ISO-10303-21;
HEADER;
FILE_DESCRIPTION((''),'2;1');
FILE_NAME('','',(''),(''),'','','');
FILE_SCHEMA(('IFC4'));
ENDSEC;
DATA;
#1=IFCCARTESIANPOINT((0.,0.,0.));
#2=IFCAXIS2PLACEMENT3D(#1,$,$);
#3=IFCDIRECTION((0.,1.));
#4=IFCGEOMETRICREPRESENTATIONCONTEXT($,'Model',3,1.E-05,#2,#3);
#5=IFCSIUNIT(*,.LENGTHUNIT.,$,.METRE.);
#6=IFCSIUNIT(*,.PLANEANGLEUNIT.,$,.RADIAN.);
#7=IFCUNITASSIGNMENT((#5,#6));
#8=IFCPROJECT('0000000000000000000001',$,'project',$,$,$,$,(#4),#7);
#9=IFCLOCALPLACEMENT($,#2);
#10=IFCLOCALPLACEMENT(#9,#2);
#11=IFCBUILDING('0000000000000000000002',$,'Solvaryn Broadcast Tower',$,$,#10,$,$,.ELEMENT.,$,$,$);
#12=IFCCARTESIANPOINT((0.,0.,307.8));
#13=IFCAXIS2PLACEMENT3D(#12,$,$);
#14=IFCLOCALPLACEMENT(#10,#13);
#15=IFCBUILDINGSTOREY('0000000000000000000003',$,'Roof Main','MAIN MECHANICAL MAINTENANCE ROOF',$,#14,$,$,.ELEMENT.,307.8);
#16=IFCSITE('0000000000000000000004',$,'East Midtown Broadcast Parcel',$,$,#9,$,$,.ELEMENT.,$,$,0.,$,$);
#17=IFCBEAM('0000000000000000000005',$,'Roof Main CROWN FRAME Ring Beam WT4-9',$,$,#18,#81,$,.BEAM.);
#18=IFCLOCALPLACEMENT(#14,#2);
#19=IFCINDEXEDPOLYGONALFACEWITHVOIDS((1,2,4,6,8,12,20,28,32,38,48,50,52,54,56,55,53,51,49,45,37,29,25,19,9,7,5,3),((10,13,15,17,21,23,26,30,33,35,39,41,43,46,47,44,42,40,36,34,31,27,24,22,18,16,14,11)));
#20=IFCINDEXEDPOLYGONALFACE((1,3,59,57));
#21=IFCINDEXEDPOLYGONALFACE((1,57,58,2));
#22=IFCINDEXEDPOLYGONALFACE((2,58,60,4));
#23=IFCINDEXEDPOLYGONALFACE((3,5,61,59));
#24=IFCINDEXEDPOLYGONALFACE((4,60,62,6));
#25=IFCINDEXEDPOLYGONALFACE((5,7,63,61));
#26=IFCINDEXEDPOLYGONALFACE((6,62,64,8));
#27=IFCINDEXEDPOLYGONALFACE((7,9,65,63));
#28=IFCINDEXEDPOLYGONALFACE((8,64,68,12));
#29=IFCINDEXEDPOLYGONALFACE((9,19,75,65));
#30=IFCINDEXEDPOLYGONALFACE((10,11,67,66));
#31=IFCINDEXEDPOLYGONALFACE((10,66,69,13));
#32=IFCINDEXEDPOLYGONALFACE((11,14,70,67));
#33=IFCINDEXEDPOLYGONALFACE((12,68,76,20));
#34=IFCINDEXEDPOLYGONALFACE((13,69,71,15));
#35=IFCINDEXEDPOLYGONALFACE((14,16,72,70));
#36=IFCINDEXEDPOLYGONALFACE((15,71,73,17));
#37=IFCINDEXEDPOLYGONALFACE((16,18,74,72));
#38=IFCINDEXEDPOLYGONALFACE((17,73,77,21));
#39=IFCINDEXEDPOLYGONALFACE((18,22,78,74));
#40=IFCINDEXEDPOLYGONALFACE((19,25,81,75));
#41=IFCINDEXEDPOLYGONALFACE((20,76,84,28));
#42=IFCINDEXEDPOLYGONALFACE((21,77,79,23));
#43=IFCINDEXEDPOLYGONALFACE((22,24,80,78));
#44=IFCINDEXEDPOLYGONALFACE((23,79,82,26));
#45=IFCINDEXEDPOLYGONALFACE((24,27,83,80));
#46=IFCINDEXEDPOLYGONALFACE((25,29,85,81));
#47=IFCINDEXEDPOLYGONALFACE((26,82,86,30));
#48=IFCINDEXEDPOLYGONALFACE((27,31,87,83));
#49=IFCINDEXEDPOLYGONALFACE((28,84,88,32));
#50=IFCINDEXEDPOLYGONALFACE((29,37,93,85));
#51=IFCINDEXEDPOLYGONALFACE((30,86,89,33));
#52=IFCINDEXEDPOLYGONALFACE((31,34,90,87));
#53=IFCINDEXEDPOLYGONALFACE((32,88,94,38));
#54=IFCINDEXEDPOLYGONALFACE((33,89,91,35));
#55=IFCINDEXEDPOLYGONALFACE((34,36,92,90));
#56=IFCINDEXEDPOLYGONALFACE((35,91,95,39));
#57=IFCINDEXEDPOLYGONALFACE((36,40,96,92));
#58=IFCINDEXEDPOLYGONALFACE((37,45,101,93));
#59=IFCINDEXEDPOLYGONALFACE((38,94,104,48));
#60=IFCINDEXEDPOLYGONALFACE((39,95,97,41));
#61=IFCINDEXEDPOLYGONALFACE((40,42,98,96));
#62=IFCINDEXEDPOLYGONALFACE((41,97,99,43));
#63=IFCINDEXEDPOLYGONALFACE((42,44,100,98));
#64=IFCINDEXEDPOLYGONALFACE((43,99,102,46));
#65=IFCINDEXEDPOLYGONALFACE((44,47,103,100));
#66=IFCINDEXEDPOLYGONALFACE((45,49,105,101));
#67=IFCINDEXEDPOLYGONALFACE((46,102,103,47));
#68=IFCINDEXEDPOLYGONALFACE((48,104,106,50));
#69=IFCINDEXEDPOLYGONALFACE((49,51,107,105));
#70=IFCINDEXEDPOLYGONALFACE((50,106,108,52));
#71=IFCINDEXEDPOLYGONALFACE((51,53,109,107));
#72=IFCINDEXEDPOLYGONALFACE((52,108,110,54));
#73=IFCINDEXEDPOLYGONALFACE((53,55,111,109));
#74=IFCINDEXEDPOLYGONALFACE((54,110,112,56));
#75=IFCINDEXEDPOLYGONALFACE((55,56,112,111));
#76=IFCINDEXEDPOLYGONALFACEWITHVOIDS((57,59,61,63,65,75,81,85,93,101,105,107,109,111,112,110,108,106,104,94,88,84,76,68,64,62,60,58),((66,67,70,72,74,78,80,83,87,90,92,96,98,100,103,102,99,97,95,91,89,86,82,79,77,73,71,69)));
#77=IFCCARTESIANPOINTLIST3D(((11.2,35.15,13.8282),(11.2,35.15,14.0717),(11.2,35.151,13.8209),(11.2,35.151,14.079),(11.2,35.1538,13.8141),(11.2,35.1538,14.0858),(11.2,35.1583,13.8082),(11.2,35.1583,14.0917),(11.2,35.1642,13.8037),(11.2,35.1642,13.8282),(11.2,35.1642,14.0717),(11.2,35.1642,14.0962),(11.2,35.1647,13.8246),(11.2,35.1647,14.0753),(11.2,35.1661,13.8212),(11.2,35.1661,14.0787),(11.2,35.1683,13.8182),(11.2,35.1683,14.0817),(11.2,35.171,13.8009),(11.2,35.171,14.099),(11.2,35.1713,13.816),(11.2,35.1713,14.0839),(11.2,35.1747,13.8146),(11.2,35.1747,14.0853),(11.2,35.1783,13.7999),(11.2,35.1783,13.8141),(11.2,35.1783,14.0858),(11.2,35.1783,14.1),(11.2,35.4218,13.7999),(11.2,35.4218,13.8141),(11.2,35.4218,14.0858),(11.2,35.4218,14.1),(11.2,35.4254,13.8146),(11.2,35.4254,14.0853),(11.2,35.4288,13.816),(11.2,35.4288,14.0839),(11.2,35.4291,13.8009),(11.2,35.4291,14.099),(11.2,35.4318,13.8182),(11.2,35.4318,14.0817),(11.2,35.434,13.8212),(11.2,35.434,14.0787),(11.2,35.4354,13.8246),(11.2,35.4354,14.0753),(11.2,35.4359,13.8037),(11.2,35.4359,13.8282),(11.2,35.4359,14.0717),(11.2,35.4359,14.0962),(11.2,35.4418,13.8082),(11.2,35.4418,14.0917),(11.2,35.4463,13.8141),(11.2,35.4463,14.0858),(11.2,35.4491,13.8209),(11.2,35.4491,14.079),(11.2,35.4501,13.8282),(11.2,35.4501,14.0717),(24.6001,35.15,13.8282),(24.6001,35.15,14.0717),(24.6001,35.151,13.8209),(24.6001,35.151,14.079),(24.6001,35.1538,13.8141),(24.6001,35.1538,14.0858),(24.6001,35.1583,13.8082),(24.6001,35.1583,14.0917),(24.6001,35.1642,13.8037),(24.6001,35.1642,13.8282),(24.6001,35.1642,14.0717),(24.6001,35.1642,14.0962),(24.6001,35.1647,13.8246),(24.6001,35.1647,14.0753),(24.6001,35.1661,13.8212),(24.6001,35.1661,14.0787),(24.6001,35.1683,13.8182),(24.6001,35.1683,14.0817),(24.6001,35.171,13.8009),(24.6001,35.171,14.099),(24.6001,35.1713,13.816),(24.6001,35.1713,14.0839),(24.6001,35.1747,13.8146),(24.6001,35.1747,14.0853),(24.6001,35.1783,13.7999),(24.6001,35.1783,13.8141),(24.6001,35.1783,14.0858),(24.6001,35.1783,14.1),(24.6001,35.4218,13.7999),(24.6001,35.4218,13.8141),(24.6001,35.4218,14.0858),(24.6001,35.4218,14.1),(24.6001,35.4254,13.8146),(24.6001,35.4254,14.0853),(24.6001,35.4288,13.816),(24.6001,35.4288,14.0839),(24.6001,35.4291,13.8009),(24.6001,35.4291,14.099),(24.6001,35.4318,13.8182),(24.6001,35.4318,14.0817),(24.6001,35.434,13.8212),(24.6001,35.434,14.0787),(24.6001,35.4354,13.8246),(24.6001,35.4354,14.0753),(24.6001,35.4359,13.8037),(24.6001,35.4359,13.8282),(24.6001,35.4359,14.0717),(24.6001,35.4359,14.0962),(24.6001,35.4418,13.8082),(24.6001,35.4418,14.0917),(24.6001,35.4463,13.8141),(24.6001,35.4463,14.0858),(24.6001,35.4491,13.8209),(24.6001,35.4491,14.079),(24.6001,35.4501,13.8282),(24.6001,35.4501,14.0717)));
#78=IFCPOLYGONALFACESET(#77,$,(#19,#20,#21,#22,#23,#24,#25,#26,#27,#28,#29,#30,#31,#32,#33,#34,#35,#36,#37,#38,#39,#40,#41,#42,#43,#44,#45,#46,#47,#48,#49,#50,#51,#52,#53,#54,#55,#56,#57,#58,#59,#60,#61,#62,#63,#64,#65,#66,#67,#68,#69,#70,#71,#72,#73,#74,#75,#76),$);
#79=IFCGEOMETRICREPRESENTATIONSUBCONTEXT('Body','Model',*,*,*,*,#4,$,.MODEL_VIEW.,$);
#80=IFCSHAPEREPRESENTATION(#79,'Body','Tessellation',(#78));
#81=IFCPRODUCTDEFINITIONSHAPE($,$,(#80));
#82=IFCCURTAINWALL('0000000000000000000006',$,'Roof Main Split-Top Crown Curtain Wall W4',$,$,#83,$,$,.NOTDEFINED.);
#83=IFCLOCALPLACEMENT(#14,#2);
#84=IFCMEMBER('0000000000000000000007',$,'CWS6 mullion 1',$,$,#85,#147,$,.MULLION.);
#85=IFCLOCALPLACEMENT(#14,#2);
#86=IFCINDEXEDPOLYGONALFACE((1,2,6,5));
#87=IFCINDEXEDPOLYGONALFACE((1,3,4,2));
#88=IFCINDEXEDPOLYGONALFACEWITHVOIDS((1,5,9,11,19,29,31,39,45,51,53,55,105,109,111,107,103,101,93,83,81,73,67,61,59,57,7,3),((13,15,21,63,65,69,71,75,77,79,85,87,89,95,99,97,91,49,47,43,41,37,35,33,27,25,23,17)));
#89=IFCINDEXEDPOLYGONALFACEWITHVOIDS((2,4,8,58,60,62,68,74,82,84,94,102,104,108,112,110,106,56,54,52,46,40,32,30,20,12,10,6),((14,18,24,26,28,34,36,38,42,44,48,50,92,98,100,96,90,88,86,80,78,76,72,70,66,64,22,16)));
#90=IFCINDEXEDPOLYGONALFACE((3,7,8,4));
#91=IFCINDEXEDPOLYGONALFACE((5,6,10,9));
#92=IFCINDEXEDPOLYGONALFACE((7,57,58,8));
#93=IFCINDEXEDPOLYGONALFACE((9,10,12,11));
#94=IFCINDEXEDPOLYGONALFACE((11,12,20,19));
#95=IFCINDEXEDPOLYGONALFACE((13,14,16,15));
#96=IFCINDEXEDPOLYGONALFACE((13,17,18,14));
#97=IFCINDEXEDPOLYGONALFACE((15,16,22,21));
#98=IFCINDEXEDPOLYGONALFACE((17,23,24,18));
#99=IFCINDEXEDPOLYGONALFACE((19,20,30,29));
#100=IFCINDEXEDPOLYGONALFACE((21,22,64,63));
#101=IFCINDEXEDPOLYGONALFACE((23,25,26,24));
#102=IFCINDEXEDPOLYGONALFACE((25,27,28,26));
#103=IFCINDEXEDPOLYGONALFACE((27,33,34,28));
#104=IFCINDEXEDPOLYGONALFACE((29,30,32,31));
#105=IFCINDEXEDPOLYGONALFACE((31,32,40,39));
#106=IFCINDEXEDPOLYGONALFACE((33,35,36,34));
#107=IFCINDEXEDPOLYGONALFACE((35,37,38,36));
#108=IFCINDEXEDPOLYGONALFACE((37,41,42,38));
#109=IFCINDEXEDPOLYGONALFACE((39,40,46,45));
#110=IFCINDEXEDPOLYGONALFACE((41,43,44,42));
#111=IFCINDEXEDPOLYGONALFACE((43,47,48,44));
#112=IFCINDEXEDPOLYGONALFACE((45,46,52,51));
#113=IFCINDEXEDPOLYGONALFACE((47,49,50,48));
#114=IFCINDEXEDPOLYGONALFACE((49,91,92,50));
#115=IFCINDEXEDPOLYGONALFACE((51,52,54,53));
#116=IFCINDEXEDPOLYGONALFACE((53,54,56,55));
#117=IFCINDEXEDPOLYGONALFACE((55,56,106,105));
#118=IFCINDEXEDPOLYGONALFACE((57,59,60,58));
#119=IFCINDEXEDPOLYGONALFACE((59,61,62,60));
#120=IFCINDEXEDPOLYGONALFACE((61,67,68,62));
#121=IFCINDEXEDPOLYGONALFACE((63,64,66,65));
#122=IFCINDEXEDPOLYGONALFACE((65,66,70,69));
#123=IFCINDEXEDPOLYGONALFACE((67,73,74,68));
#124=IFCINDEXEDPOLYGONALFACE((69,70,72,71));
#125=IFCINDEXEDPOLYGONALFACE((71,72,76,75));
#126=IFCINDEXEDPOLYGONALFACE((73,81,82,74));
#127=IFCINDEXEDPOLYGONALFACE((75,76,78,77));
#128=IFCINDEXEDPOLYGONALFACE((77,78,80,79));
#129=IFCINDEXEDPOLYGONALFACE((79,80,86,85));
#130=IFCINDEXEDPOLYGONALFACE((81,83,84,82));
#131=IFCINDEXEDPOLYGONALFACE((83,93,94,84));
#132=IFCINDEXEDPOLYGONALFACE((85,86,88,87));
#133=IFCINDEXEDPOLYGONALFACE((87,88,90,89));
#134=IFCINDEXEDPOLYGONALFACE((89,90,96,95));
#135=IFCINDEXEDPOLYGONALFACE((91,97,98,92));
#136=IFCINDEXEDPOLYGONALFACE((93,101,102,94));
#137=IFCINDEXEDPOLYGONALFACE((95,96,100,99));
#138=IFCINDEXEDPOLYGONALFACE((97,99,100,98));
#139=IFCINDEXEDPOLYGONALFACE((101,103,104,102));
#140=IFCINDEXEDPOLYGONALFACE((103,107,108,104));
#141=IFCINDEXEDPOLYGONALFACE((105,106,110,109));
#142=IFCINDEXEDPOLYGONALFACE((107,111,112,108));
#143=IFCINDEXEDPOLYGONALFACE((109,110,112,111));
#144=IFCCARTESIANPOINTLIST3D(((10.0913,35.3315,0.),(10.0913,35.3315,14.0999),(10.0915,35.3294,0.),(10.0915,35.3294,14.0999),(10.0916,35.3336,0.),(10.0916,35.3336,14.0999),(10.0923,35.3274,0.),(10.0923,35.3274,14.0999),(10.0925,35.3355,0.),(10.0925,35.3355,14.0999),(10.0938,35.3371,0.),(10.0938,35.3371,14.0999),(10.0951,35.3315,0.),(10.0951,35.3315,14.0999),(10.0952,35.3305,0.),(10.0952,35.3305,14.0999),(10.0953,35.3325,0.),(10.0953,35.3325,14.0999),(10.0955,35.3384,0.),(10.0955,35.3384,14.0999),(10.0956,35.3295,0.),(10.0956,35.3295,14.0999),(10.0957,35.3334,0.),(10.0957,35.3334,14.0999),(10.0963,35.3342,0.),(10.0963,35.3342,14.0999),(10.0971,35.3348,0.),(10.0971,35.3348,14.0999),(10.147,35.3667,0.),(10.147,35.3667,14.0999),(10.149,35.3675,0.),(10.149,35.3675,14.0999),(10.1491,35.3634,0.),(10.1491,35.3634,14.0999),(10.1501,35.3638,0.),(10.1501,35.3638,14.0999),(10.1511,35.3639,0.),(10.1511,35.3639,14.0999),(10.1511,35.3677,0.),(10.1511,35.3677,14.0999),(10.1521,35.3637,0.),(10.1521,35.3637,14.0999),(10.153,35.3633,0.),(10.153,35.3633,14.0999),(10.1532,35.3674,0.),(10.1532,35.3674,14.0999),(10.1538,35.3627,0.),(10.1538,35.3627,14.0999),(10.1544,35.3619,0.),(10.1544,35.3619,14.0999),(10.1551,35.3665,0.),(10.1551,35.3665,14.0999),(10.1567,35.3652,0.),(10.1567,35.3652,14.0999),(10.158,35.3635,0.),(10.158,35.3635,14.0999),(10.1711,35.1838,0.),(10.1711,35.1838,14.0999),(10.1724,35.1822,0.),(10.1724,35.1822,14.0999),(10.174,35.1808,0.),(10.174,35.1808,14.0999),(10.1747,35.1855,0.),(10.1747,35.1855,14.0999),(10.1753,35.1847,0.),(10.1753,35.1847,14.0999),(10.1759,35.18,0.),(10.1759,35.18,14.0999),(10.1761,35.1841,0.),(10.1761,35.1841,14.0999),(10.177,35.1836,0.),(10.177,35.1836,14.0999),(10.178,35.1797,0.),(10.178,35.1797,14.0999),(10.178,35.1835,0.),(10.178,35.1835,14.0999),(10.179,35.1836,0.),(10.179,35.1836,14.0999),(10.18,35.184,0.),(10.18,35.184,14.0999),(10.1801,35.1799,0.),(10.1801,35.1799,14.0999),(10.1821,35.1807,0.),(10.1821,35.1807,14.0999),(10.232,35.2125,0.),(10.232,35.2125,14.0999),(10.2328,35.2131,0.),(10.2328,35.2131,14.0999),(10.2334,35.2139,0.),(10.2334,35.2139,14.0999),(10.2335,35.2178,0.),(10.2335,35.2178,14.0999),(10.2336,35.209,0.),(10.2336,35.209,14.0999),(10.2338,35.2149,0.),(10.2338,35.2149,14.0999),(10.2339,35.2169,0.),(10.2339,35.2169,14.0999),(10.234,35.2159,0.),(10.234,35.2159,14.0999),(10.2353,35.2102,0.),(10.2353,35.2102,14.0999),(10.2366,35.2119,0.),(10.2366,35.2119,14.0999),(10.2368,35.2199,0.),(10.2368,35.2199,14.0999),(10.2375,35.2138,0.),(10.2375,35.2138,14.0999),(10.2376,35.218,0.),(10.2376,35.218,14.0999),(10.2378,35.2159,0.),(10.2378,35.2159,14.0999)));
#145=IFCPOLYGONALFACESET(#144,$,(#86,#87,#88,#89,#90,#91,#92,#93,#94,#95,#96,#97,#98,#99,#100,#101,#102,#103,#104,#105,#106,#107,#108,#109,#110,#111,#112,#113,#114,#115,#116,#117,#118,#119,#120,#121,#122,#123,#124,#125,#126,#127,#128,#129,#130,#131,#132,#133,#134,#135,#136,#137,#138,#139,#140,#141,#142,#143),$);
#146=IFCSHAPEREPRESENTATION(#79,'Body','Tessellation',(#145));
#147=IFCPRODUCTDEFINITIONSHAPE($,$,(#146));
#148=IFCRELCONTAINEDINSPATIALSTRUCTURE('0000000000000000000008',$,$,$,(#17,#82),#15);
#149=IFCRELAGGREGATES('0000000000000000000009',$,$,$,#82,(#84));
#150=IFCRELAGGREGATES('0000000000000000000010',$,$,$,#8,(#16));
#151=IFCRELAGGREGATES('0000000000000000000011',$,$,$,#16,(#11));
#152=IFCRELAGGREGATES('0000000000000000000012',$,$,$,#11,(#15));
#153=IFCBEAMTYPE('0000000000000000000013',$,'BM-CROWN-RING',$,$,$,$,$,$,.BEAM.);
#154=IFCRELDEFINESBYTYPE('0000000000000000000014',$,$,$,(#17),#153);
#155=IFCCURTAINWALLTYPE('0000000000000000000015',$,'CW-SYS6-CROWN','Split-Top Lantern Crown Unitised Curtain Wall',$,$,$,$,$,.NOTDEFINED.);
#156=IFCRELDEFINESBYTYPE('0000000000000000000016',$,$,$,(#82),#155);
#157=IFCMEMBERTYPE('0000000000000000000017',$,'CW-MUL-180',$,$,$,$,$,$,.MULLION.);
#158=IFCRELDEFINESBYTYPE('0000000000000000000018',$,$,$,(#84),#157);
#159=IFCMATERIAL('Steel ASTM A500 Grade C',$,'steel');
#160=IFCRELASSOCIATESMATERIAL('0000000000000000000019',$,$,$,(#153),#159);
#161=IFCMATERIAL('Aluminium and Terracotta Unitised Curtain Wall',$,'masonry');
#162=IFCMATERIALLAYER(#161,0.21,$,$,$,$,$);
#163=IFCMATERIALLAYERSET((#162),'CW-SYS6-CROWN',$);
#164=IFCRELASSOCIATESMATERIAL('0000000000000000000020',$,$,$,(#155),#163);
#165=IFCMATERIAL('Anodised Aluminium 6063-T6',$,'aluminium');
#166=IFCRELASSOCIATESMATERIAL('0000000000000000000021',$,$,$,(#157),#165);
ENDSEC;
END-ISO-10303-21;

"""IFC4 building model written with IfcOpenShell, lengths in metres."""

from ifc_helpers import new_model, si_unit, direction, frame, origin, origin_2d, place, context, subcontext, project, spatial, hollow_rectangle, extrude, material, layer, layer_set, material_profile, profile_set, type_object, element, aggregate, save


model = new_model("IFC4")

# Units and contexts
model_context = context("Model", 3, precision=1e-05, world=origin(), true_north=direction((0.0, 1.0)))
body_context = subcontext(model_context, "Body", "Model", "MODEL_VIEW")
ifc_project = project(units=[si_unit("LENGTHUNIT", "METRE"), si_unit("PLANEANGLEUNIT", "RADIAN")], contexts=[model_context])

# Site, building, storey
site_placement = place(None, origin())
site = spatial("IfcSite", under=ifc_project, at=site_placement, Name="East Midtown Broadcast Parcel", CompositionType="ELEMENT", RefElevation=0.0)
building_placement = place(site_placement, origin())
building = spatial("IfcBuilding", under=site, at=building_placement, Name="Solvaryn Broadcast Tower", CompositionType="ELEMENT")
storey_placement = place(building_placement, frame((0.0, 0.0, 307.8)))
storey = spatial("IfcBuildingStorey", under=building, at=storey_placement, Name="Roof Main", Description="MAIN MECHANICAL MAINTENANCE ROOF", CompositionType="ELEMENT", Elevation=307.8)

# Beam
ifc_material_1 = material(Name="Steel ASTM A500 Grade C", Category="steel")
ifc_material_profile_1 = material_profile(ifc_material_1, hollow_rectangle(XDim=0.3, YDim=0.3, WallThickness=0.0142, InnerFilletRadius=0.0142, OuterFilletRadius=0.0283, at=origin_2d()))
ifc_profile_set_1 = profile_set([ifc_material_profile_1], Name="Steel ASTM A500 Grade C")
beam_type = type_object("IfcBeamType", Name="BM-CROWN-RING", PredefinedType="BEAM", material=ifc_profile_set_1)
beam_1_placement = place(storey_placement, frame((11.2, 35.3, 13.95), z_axis=(1.0, 0.0, 0.0), x_axis=(0.0, 1.0, 0.0)))
element("IfcBeam", 1, at=beam_1_placement, inside=storey, type_object=beam_type, Name="Roof Main CROWN FRAME Ring Beam WT4-9", PredefinedType="BEAM", context=body_context, shape_type="SweptSolid", body=[
    extrude(hollow_rectangle(XDim=0.3, YDim=0.3, WallThickness=0.0142, InnerFilletRadius=0.0142, OuterFilletRadius=0.0283, at=origin_2d()), origin(), (0.0, 0.0, 1.0), 13.4001),
])

# Curtain wall, member
ifc_material_2 = material(Name="Aluminium and Terracotta Unitised Curtain Wall", Category="masonry")
ifc_layer_1 = layer(ifc_material_2, 0.21)
ifc_layer_set_1 = layer_set([ifc_layer_1], Name="CW-SYS6-CROWN")
curtain_wall_type = type_object("IfcCurtainWallType", Name="CW-SYS6-CROWN", Description="Split-Top Lantern Crown Unitised Curtain Wall", PredefinedType="NOTDEFINED", material=ifc_layer_set_1)
curtain_wall_1_placement = place(storey_placement, origin())
curtain_wall_1 = element("IfcCurtainWall", 2, at=curtain_wall_1_placement, inside=storey, type_object=curtain_wall_type, Name="Roof Main Split-Top Crown Curtain Wall W4", PredefinedType="NOTDEFINED")
ifc_material_3 = material(Name="Anodised Aluminium 6063-T6", Category="aluminium")
ifc_material_profile_2 = material_profile(ifc_material_3, hollow_rectangle(XDim=0.075, YDim=0.1799, WallThickness=0.0039, InnerFilletRadius=0.0039, OuterFilletRadius=0.0081, at=origin_2d()))
ifc_profile_set_2 = profile_set([ifc_material_profile_2], Name="Anodised Aluminium 6063-T6")
member_type_1 = type_object("IfcMemberType", Name="CW-MUL-180", PredefinedType="MULLION", material=ifc_profile_set_2)
member_1_placement = place(storey_placement, frame((10.1646, 35.2737, 0.0), z_axis=(0.0, 0.0, 1.0), x_axis=(0.876578, 0.481261, 0.0)))
member_1 = element("IfcMember", 3, at=member_1_placement, type_object=member_type_1, Name="CWS6 mullion 1", PredefinedType="MULLION", context=body_context, shape_type="SweptSolid", body=[
    extrude(hollow_rectangle(XDim=0.075, YDim=0.1799, WallThickness=0.0039, InnerFilletRadius=0.0039, OuterFilletRadius=0.0081, at=origin_2d()), origin(), (0.0, 0.0, 1.0), 14.0999),
])

aggregate(curtain_wall_1, [member_1])

save(model, "model.ifc")
